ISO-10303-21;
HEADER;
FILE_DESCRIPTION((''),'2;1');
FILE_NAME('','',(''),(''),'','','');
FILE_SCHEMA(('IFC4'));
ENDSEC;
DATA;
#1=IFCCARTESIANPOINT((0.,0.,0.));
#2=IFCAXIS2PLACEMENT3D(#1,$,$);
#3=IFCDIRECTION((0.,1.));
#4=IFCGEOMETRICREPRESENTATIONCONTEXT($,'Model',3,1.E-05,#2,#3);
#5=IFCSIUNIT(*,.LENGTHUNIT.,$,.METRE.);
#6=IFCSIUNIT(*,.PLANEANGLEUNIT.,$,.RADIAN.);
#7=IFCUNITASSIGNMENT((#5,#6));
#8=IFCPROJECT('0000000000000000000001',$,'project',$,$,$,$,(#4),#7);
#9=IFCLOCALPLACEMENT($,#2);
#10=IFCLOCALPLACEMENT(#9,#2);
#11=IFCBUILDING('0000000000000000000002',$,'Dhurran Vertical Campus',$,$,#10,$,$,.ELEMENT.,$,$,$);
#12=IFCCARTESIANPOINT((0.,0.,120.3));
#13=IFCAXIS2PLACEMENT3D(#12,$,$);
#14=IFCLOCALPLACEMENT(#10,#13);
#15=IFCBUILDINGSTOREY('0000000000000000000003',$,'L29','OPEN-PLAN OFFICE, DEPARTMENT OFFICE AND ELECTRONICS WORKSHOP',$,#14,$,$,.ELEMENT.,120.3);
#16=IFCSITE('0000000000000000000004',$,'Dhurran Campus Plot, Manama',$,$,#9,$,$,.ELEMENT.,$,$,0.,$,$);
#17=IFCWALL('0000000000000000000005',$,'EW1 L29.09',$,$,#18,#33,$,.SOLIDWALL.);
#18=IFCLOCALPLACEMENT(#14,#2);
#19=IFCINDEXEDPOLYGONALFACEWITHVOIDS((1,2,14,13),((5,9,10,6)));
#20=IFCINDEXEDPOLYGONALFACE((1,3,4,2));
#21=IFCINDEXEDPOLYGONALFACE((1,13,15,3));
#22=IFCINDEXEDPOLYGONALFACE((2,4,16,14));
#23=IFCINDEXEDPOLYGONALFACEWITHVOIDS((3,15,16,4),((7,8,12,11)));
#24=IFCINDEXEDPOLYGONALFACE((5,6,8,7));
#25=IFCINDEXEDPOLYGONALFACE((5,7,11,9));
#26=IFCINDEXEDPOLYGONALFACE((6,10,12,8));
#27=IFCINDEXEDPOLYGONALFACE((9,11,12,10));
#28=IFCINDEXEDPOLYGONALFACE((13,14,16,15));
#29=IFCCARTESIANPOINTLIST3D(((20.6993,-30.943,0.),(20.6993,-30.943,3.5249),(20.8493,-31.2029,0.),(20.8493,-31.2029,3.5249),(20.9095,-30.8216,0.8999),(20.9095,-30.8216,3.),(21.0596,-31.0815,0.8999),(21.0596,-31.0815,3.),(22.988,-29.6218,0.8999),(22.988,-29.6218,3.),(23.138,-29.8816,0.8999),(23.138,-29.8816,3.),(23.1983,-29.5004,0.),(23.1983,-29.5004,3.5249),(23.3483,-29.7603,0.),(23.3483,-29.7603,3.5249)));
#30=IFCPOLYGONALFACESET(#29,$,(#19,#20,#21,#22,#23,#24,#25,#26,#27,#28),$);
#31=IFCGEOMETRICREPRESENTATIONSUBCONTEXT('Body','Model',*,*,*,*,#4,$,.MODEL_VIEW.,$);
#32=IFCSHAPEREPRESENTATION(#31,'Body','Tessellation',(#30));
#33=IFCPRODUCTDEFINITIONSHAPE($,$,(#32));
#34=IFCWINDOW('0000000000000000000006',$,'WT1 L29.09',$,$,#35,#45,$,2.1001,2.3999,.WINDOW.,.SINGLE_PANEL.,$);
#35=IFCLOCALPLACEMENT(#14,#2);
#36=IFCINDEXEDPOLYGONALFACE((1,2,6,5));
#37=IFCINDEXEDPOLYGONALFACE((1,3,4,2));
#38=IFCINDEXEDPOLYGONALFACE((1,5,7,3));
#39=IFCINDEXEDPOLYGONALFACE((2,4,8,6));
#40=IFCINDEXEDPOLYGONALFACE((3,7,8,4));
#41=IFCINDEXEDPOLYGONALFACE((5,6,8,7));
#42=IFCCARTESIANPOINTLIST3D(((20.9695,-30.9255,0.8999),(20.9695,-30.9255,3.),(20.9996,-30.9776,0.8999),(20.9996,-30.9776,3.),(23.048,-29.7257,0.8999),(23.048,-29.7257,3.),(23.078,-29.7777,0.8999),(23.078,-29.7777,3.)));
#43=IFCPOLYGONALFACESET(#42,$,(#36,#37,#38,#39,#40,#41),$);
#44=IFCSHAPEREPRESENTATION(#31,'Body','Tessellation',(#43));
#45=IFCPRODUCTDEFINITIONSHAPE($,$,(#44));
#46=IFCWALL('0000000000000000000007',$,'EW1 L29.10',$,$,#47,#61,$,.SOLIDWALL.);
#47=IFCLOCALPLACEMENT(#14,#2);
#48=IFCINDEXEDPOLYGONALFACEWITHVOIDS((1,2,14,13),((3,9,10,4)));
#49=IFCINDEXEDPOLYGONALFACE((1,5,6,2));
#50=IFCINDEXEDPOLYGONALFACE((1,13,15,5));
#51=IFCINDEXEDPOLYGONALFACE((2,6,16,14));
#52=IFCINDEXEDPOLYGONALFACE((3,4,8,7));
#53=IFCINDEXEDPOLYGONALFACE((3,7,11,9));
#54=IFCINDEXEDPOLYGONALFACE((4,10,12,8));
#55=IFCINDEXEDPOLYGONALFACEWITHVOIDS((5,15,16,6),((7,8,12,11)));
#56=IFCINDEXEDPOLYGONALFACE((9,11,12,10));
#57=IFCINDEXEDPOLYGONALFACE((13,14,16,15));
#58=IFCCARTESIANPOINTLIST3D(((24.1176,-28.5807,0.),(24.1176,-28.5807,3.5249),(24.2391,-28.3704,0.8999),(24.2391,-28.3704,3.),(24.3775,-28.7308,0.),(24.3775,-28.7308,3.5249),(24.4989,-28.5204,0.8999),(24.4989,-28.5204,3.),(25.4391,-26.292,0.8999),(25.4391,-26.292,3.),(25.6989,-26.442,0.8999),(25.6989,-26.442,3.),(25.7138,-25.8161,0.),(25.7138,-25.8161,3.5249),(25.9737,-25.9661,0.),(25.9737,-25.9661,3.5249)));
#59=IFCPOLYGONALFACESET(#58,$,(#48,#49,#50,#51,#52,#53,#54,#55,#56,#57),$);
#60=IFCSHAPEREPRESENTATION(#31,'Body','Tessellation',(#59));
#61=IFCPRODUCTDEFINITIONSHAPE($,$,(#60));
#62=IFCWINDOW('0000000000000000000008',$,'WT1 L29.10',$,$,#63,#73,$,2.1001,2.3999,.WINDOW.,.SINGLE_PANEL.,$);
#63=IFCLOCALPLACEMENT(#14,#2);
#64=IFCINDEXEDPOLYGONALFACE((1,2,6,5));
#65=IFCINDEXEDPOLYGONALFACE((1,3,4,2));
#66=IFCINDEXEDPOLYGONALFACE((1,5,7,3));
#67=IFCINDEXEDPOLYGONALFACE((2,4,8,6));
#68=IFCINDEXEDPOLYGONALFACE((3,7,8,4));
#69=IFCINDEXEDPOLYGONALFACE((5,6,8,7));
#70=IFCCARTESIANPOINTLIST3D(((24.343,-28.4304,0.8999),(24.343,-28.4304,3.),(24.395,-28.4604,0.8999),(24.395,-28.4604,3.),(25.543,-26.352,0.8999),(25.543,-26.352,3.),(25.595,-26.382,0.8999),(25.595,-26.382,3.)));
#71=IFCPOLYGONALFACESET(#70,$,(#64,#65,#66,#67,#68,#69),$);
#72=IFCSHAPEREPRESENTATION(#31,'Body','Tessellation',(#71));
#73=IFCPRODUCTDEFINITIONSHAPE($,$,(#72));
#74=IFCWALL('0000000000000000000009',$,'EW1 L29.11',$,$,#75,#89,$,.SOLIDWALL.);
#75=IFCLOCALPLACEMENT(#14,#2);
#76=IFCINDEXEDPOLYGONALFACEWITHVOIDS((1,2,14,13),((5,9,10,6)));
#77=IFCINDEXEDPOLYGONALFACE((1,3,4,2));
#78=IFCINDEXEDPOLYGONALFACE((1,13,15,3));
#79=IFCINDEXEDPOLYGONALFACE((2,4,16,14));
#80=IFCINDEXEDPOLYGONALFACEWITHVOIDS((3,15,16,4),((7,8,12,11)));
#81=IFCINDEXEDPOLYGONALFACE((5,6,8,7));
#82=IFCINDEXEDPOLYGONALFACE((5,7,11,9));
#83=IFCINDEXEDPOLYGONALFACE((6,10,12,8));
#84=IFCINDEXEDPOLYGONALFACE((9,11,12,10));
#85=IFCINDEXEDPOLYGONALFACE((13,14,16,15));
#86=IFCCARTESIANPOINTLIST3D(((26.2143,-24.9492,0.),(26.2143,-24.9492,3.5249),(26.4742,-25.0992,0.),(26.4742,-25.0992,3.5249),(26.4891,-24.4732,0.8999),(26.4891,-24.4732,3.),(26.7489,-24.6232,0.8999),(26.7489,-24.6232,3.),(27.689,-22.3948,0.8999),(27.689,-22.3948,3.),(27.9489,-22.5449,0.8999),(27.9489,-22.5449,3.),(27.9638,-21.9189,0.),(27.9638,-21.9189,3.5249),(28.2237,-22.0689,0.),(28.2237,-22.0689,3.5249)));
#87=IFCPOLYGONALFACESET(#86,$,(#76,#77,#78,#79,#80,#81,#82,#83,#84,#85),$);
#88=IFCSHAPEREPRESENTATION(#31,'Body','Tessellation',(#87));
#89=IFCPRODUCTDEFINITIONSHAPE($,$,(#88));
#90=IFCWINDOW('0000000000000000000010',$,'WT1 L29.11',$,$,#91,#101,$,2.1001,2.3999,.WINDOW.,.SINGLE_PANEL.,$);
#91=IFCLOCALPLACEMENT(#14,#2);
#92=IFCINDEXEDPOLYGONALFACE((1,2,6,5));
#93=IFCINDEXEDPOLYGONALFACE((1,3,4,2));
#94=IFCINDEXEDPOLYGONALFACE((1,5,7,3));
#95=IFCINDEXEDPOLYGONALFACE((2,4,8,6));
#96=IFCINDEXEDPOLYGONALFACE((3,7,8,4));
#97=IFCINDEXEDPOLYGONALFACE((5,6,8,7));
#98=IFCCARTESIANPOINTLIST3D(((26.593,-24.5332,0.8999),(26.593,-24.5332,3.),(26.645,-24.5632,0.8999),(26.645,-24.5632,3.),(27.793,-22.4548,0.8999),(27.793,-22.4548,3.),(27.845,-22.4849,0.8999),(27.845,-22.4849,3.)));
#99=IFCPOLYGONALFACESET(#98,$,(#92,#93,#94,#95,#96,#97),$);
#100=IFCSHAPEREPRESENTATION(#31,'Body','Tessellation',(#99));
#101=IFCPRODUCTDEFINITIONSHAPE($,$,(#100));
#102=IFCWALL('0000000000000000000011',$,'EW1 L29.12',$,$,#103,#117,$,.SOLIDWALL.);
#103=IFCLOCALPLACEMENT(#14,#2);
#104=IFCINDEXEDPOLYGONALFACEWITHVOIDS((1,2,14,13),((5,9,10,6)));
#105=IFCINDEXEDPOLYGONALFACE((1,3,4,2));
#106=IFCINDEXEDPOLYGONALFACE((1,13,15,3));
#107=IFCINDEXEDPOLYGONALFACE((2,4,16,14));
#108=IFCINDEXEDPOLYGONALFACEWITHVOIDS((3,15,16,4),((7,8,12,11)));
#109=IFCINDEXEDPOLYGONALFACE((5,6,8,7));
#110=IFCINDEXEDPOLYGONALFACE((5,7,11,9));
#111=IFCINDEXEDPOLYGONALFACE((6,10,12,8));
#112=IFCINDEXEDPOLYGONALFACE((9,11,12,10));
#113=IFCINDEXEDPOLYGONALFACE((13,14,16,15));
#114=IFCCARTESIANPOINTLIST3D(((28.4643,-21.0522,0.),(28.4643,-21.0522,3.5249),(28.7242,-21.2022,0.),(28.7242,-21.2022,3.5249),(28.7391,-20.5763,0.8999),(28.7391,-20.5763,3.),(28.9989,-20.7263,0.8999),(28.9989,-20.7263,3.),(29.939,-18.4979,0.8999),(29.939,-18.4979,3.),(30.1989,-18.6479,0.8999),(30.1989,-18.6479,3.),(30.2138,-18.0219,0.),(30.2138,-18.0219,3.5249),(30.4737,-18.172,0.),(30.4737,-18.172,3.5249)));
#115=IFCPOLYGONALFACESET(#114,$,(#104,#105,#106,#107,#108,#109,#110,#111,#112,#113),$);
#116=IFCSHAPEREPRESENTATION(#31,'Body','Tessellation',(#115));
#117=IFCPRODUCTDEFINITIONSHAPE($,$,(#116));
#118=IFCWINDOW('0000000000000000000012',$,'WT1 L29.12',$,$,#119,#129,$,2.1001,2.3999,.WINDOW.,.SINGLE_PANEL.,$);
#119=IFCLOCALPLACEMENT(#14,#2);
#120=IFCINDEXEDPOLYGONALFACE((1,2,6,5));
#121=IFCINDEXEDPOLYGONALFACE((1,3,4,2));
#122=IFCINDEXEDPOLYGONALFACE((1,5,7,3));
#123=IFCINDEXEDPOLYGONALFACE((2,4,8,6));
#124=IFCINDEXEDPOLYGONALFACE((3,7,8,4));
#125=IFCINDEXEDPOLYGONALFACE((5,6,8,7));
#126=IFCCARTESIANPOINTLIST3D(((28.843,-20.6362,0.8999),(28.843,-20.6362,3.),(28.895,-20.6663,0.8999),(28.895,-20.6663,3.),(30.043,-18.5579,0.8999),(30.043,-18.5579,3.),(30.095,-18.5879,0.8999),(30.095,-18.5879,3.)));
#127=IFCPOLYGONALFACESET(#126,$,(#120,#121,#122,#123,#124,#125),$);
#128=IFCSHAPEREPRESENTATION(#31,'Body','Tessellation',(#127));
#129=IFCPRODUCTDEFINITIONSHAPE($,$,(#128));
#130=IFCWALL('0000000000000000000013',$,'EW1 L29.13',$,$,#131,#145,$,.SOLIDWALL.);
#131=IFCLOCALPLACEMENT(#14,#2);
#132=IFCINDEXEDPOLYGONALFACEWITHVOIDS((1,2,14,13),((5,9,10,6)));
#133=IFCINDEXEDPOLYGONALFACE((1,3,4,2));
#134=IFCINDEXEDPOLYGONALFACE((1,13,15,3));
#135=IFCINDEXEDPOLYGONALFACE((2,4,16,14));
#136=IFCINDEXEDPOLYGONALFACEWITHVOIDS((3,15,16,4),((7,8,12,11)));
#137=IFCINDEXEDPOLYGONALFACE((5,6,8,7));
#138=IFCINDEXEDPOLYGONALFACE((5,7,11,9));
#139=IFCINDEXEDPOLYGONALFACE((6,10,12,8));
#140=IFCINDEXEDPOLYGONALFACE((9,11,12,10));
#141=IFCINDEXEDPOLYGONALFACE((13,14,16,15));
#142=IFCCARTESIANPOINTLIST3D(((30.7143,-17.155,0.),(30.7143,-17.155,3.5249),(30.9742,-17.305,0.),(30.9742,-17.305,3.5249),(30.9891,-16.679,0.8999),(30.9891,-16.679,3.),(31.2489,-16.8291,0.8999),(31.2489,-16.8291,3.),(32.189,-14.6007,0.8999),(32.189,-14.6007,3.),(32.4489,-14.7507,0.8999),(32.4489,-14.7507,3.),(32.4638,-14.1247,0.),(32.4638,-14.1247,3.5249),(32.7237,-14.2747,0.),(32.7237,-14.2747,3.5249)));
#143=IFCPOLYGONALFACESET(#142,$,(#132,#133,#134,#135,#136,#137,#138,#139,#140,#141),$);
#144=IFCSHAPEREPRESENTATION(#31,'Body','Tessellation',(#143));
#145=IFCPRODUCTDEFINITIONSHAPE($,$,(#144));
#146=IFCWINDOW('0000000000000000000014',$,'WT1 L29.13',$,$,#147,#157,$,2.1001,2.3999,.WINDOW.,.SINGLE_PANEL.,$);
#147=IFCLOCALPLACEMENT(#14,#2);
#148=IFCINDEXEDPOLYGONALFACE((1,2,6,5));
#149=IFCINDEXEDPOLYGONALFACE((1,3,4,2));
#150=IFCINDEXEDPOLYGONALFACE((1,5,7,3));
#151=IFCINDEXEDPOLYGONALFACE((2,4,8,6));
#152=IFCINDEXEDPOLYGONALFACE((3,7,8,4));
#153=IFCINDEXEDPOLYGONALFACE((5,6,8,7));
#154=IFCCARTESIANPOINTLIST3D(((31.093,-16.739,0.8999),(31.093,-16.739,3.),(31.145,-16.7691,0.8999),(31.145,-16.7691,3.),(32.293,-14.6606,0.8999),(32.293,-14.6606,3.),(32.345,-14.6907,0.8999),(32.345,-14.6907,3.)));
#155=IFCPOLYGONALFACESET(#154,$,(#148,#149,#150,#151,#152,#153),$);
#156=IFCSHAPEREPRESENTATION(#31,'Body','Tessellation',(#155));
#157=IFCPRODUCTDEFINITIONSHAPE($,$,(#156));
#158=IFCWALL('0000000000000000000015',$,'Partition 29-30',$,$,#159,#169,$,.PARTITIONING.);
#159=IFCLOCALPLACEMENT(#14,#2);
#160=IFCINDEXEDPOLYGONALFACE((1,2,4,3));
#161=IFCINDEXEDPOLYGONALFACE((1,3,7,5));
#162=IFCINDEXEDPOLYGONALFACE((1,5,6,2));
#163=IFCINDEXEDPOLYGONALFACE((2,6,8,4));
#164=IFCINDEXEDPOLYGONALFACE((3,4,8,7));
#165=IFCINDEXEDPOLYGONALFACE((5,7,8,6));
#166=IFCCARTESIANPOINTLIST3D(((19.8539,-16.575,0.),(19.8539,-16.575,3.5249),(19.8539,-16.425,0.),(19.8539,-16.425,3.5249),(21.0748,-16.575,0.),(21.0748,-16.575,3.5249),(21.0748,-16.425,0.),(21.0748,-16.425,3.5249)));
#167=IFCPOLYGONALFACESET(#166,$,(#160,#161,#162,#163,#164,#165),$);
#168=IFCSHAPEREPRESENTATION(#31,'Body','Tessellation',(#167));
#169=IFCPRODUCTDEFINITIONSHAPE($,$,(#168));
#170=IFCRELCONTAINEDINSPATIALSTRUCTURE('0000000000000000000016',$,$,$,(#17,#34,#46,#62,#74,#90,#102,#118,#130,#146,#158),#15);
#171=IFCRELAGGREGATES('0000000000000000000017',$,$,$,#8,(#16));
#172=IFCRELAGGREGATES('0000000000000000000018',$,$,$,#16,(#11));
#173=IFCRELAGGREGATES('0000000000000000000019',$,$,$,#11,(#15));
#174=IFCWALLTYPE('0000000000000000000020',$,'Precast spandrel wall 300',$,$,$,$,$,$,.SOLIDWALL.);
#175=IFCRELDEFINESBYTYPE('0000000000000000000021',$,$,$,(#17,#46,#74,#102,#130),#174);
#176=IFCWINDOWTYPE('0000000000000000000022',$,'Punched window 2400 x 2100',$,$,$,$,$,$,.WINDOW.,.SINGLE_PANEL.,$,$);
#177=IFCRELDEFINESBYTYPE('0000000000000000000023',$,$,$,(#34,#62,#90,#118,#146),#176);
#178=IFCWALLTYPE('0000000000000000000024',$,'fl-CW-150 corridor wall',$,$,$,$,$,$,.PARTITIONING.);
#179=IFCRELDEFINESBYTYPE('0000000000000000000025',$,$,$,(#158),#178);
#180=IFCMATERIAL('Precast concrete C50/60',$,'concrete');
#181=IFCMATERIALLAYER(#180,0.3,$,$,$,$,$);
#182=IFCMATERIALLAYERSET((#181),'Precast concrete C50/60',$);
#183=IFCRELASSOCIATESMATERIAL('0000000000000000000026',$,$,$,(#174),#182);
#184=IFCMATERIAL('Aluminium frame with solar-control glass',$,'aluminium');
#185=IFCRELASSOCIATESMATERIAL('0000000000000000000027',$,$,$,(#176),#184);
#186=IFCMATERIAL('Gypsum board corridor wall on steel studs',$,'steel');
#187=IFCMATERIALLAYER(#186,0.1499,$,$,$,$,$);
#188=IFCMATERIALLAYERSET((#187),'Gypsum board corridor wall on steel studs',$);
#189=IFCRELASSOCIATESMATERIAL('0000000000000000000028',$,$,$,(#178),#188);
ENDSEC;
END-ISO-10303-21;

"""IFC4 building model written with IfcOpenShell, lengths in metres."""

from ifc_helpers import new_model, si_unit, direction, frame, frame_2d, origin, place, context, subcontext, project, spatial, rectangle, extrude, material, layer, layer_set, type_object, element, fill, save


model = new_model("IFC4")

# Units and contexts
model_context = context("Model", 3, precision=1e-05, world=origin(), true_north=direction((0.0, 1.0)))
body_context = subcontext(model_context, "Body", "Model", "MODEL_VIEW")
ifc_project = project(units=[si_unit("LENGTHUNIT", "METRE"), si_unit("PLANEANGLEUNIT", "RADIAN")], contexts=[model_context])

# Site, building, storey
site_placement = place(None, origin())
site = spatial("IfcSite", under=ifc_project, at=site_placement, Name="Dhurran Campus Plot, Manama", CompositionType="ELEMENT", RefElevation=0.0)
building_placement = place(site_placement, origin())
building = spatial("IfcBuilding", under=site, at=building_placement, Name="Dhurran Vertical Campus", CompositionType="ELEMENT")
storey_placement = place(building_placement, frame((0.0, 0.0, 120.3)))
storey = spatial("IfcBuildingStorey", under=building, at=storey_placement, Name="L29", Description="OPEN-PLAN OFFICE, DEPARTMENT OFFICE AND ELECTRONICS WORKSHOP", CompositionType="ELEMENT", Elevation=120.3)

# Walls, openings, windows
ifc_material_1 = material(Name="Precast concrete C50/60", Category="concrete")
ifc_layer_1 = layer(ifc_material_1, 0.3)
ifc_layer_set_1 = layer_set([ifc_layer_1], Name="Precast concrete C50/60")
wall_type_1 = type_object("IfcWallType", Name="Precast spandrel wall 300", PredefinedType="SOLIDWALL", material=ifc_layer_set_1)
ifc_material_2 = material(Name="Aluminium frame with solar-control glass", Category="aluminium")
window_type = type_object("IfcWindowType", Name="Punched window 2400 x 2100", PartitioningType="SINGLE_PANEL", PredefinedType="WINDOW", material=ifc_material_2)
wall_1_placement = place(storey_placement, frame((20.7742, -31.073, 0.0), z_axis=(0.0, 0.0, 1.0), x_axis=(0.866053, 0.499952, 0.0)))
wall_1 = element("IfcWall", 1, at=wall_1_placement, inside=storey, type_object=wall_type_1, Name="EW1 L29.09", PredefinedType="SOLIDWALL", context=body_context, shape_type="SweptSolid", body=[
    extrude(rectangle(XDim=2.8855, YDim=0.3, at=frame_2d((1.4429, 0.0))), origin(), (0.0, 0.0, 1.0), 3.5249),
])
opening_1_placement = place(wall_1_placement, frame((0.2429, 0.0, 0.8999)))
opening_1 = element("IfcOpeningElement", 2, at=opening_1_placement, cuts=wall_1, PredefinedType="OPENING", context=body_context, shape_type="SweptSolid", body=[
    extrude(rectangle(XDim=2.3999, YDim=2.1001, at=frame_2d((1.2, 1.05))), frame((0.0, 0.1599, 0.0), z_axis=(0.0, -1.0, 0.0), x_axis=(1.0, 0.0, 0.0)), (0.0, 0.0, 1.0), 0.3201),
])
window_1_placement = place(opening_1_placement, origin())
window_1 = element("IfcWindow", 3, at=window_1_placement, inside=storey, type_object=window_type, Name="WT1 L29.09", OverallHeight=2.1001, OverallWidth=2.3999, PartitioningType="SINGLE_PANEL", PredefinedType="WINDOW", context=body_context, shape_type="SweptSolid", body=[
    extrude(rectangle(XDim=2.3999, YDim=2.1001, at=frame_2d((1.2, 1.05))), frame((0.0, 0.03, 0.0), z_axis=(0.0, -1.0, 0.0), x_axis=(1.0, 0.0, 0.0)), (0.0, 0.0, 1.0), 0.0601),
])
fill(opening_1, window_1)
wall_2_placement = place(storey_placement, frame((24.2476, -28.6558, 0.0), z_axis=(0.0, 0.0, 1.0), x_axis=(0.500005, 0.866023, 0.0)))
wall_2 = element("IfcWall", 4, at=wall_2_placement, inside=storey, type_object=wall_type_1, Name="EW1 L29.10", PredefinedType="SOLIDWALL", context=body_context, shape_type="SweptSolid", body=[
    extrude(rectangle(XDim=3.1924, YDim=0.3, at=frame_2d((1.5962, 0.0))), origin(), (0.0, 0.0, 1.0), 3.5249),
])
opening_2_placement = place(wall_2_placement, frame((0.2429, 0.0, 0.8999)))
opening_2 = element("IfcOpeningElement", 5, at=opening_2_placement, cuts=wall_2, PredefinedType="OPENING", context=body_context, shape_type="SweptSolid", body=[
    extrude(rectangle(XDim=2.3999, YDim=2.1001, at=frame_2d((1.2, 1.05))), frame((0.0, 0.1599, 0.0), z_axis=(0.0, -1.0, 0.0), x_axis=(1.0, 0.0, 0.0)), (0.0, 0.0, 1.0), 0.3201),
])
window_2_placement = place(opening_2_placement, origin())
window_2 = element("IfcWindow", 6, at=window_2_placement, inside=storey, type_object=window_type, Name="WT1 L29.10", OverallHeight=2.1001, OverallWidth=2.3999, PartitioningType="SINGLE_PANEL", PredefinedType="WINDOW", context=body_context, shape_type="SweptSolid", body=[
    extrude(rectangle(XDim=2.3999, YDim=2.1001, at=frame_2d((1.2, 1.05))), frame((0.0, 0.03, 0.0), z_axis=(0.0, -1.0, 0.0), x_axis=(1.0, 0.0, 0.0)), (0.0, 0.0, 1.0), 0.0601),
])
fill(opening_2, window_2)
wall_3_placement = place(storey_placement, frame((26.3442, -25.0242, 0.0), z_axis=(0.0, 0.0, 1.0), x_axis=(0.499996, 0.866028, 0.0)))
wall_3 = element("IfcWall", 7, at=wall_3_placement, inside=storey, type_object=wall_type_1, Name="EW1 L29.11", PredefinedType="SOLIDWALL", context=body_context, shape_type="SweptSolid", body=[
    extrude(rectangle(XDim=3.499, YDim=0.3, at=frame_2d((1.7495, 0.0))), origin(), (0.0, 0.0, 1.0), 3.5249),
])
opening_3_placement = place(wall_3_placement, frame((0.5496, 0.0, 0.8999)))
opening_3 = element("IfcOpeningElement", 8, at=opening_3_placement, cuts=wall_3, PredefinedType="OPENING", context=body_context, shape_type="SweptSolid", body=[
    extrude(rectangle(XDim=2.3999, YDim=2.1001, at=frame_2d((1.2, 1.05))), frame((0.0, 0.1599, 0.0), z_axis=(0.0, -1.0, 0.0), x_axis=(1.0, 0.0, 0.0)), (0.0, 0.0, 1.0), 0.3201),
])
window_3_placement = place(opening_3_placement, origin())
window_3 = element("IfcWindow", 9, at=window_3_placement, inside=storey, type_object=window_type, Name="WT1 L29.11", OverallHeight=2.1001, OverallWidth=2.3999, PartitioningType="SINGLE_PANEL", PredefinedType="WINDOW", context=body_context, shape_type="SweptSolid", body=[
    extrude(rectangle(XDim=2.3999, YDim=2.1001, at=frame_2d((1.2, 1.05))), frame((0.0, 0.03, 0.0), z_axis=(0.0, -1.0, 0.0), x_axis=(1.0, 0.0, 0.0)), (0.0, 0.0, 1.0), 0.0601),
])
fill(opening_3, window_3)
wall_4_placement = place(storey_placement, frame((28.5942, -21.1272, 0.0), z_axis=(0.0, 0.0, 1.0), x_axis=(0.499996, 0.866028, 0.0)))
wall_4 = element("IfcWall", 10, at=wall_4_placement, inside=storey, type_object=wall_type_1, Name="EW1 L29.12", PredefinedType="SOLIDWALL", context=body_context, shape_type="SweptSolid", body=[
    extrude(rectangle(XDim=3.499, YDim=0.3, at=frame_2d((1.7495, 0.0))), origin(), (0.0, 0.0, 1.0), 3.5249),
])
opening_4_placement = place(wall_4_placement, frame((0.5496, 0.0, 0.8999)))
opening_4 = element("IfcOpeningElement", 11, at=opening_4_placement, cuts=wall_4, PredefinedType="OPENING", context=body_context, shape_type="SweptSolid", body=[
    extrude(rectangle(XDim=2.3999, YDim=2.1001, at=frame_2d((1.2, 1.05))), frame((0.0, 0.1599, 0.0), z_axis=(0.0, -1.0, 0.0), x_axis=(1.0, 0.0, 0.0)), (0.0, 0.0, 1.0), 0.3201),
])
window_4_placement = place(opening_4_placement, origin())
window_4 = element("IfcWindow", 12, at=window_4_placement, inside=storey, type_object=window_type, Name="WT1 L29.12", OverallHeight=2.1001, OverallWidth=2.3999, PartitioningType="SINGLE_PANEL", PredefinedType="WINDOW", context=body_context, shape_type="SweptSolid", body=[
    extrude(rectangle(XDim=2.3999, YDim=2.1001, at=frame_2d((1.2, 1.05))), frame((0.0, 0.03, 0.0), z_axis=(0.0, -1.0, 0.0), x_axis=(1.0, 0.0, 0.0)), (0.0, 0.0, 1.0), 0.0601),
])
fill(opening_4, window_4)
wall_5_placement = place(storey_placement, frame((30.8442, -17.23, 0.0), z_axis=(0.0, 0.0, 1.0), x_axis=(0.499996, 0.866028, 0.0)))
wall_5 = element("IfcWall", 13, at=wall_5_placement, inside=storey, type_object=wall_type_1, Name="EW1 L29.13", PredefinedType="SOLIDWALL", context=body_context, shape_type="SweptSolid", body=[
    extrude(rectangle(XDim=3.499, YDim=0.3, at=frame_2d((1.7495, 0.0))), origin(), (0.0, 0.0, 1.0), 3.5249),
])
opening_5_placement = place(wall_5_placement, frame((0.5496, 0.0, 0.8999)))
opening_5 = element("IfcOpeningElement", 14, at=opening_5_placement, cuts=wall_5, PredefinedType="OPENING", context=body_context, shape_type="SweptSolid", body=[
    extrude(rectangle(XDim=2.3999, YDim=2.1001, at=frame_2d((1.2, 1.05))), frame((0.0, 0.1599, 0.0), z_axis=(0.0, -1.0, 0.0), x_axis=(1.0, 0.0, 0.0)), (0.0, 0.0, 1.0), 0.3201),
])
window_5_placement = place(opening_5_placement, origin())
window_5 = element("IfcWindow", 15, at=window_5_placement, inside=storey, type_object=window_type, Name="WT1 L29.13", OverallHeight=2.1001, OverallWidth=2.3999, PartitioningType="SINGLE_PANEL", PredefinedType="WINDOW", context=body_context, shape_type="SweptSolid", body=[
    extrude(rectangle(XDim=2.3999, YDim=2.1001, at=frame_2d((1.2, 1.05))), frame((0.0, 0.03, 0.0), z_axis=(0.0, -1.0, 0.0), x_axis=(1.0, 0.0, 0.0)), (0.0, 0.0, 1.0), 0.0601),
])
fill(opening_5, window_5)

# Wall
ifc_material_3 = material(Name="Gypsum board corridor wall on steel studs", Category="steel")
ifc_layer_2 = layer(ifc_material_3, 0.1499)
ifc_layer_set_2 = layer_set([ifc_layer_2], Name="Gypsum board corridor wall on steel studs")
wall_type_2 = type_object("IfcWallType", Name="fl-CW-150 corridor wall", PredefinedType="PARTITIONING", material=ifc_layer_set_2)
wall_6_placement = place(storey_placement, frame((19.854, -16.5, 0.0), z_axis=(0.0, 0.0, 1.0), x_axis=(1.0, 0.0, 0.0)))
element("IfcWall", 16, at=wall_6_placement, inside=storey, type_object=wall_type_2, Name="Partition 29-30", PredefinedType="PARTITIONING", context=body_context, shape_type="SweptSolid", body=[
    extrude(rectangle(XDim=1.2209, YDim=0.1499, at=frame_2d((0.6104, 0.0))), origin(), (0.0, 0.0, 1.0), 3.5249),
])

save(model, "model.ifc")
